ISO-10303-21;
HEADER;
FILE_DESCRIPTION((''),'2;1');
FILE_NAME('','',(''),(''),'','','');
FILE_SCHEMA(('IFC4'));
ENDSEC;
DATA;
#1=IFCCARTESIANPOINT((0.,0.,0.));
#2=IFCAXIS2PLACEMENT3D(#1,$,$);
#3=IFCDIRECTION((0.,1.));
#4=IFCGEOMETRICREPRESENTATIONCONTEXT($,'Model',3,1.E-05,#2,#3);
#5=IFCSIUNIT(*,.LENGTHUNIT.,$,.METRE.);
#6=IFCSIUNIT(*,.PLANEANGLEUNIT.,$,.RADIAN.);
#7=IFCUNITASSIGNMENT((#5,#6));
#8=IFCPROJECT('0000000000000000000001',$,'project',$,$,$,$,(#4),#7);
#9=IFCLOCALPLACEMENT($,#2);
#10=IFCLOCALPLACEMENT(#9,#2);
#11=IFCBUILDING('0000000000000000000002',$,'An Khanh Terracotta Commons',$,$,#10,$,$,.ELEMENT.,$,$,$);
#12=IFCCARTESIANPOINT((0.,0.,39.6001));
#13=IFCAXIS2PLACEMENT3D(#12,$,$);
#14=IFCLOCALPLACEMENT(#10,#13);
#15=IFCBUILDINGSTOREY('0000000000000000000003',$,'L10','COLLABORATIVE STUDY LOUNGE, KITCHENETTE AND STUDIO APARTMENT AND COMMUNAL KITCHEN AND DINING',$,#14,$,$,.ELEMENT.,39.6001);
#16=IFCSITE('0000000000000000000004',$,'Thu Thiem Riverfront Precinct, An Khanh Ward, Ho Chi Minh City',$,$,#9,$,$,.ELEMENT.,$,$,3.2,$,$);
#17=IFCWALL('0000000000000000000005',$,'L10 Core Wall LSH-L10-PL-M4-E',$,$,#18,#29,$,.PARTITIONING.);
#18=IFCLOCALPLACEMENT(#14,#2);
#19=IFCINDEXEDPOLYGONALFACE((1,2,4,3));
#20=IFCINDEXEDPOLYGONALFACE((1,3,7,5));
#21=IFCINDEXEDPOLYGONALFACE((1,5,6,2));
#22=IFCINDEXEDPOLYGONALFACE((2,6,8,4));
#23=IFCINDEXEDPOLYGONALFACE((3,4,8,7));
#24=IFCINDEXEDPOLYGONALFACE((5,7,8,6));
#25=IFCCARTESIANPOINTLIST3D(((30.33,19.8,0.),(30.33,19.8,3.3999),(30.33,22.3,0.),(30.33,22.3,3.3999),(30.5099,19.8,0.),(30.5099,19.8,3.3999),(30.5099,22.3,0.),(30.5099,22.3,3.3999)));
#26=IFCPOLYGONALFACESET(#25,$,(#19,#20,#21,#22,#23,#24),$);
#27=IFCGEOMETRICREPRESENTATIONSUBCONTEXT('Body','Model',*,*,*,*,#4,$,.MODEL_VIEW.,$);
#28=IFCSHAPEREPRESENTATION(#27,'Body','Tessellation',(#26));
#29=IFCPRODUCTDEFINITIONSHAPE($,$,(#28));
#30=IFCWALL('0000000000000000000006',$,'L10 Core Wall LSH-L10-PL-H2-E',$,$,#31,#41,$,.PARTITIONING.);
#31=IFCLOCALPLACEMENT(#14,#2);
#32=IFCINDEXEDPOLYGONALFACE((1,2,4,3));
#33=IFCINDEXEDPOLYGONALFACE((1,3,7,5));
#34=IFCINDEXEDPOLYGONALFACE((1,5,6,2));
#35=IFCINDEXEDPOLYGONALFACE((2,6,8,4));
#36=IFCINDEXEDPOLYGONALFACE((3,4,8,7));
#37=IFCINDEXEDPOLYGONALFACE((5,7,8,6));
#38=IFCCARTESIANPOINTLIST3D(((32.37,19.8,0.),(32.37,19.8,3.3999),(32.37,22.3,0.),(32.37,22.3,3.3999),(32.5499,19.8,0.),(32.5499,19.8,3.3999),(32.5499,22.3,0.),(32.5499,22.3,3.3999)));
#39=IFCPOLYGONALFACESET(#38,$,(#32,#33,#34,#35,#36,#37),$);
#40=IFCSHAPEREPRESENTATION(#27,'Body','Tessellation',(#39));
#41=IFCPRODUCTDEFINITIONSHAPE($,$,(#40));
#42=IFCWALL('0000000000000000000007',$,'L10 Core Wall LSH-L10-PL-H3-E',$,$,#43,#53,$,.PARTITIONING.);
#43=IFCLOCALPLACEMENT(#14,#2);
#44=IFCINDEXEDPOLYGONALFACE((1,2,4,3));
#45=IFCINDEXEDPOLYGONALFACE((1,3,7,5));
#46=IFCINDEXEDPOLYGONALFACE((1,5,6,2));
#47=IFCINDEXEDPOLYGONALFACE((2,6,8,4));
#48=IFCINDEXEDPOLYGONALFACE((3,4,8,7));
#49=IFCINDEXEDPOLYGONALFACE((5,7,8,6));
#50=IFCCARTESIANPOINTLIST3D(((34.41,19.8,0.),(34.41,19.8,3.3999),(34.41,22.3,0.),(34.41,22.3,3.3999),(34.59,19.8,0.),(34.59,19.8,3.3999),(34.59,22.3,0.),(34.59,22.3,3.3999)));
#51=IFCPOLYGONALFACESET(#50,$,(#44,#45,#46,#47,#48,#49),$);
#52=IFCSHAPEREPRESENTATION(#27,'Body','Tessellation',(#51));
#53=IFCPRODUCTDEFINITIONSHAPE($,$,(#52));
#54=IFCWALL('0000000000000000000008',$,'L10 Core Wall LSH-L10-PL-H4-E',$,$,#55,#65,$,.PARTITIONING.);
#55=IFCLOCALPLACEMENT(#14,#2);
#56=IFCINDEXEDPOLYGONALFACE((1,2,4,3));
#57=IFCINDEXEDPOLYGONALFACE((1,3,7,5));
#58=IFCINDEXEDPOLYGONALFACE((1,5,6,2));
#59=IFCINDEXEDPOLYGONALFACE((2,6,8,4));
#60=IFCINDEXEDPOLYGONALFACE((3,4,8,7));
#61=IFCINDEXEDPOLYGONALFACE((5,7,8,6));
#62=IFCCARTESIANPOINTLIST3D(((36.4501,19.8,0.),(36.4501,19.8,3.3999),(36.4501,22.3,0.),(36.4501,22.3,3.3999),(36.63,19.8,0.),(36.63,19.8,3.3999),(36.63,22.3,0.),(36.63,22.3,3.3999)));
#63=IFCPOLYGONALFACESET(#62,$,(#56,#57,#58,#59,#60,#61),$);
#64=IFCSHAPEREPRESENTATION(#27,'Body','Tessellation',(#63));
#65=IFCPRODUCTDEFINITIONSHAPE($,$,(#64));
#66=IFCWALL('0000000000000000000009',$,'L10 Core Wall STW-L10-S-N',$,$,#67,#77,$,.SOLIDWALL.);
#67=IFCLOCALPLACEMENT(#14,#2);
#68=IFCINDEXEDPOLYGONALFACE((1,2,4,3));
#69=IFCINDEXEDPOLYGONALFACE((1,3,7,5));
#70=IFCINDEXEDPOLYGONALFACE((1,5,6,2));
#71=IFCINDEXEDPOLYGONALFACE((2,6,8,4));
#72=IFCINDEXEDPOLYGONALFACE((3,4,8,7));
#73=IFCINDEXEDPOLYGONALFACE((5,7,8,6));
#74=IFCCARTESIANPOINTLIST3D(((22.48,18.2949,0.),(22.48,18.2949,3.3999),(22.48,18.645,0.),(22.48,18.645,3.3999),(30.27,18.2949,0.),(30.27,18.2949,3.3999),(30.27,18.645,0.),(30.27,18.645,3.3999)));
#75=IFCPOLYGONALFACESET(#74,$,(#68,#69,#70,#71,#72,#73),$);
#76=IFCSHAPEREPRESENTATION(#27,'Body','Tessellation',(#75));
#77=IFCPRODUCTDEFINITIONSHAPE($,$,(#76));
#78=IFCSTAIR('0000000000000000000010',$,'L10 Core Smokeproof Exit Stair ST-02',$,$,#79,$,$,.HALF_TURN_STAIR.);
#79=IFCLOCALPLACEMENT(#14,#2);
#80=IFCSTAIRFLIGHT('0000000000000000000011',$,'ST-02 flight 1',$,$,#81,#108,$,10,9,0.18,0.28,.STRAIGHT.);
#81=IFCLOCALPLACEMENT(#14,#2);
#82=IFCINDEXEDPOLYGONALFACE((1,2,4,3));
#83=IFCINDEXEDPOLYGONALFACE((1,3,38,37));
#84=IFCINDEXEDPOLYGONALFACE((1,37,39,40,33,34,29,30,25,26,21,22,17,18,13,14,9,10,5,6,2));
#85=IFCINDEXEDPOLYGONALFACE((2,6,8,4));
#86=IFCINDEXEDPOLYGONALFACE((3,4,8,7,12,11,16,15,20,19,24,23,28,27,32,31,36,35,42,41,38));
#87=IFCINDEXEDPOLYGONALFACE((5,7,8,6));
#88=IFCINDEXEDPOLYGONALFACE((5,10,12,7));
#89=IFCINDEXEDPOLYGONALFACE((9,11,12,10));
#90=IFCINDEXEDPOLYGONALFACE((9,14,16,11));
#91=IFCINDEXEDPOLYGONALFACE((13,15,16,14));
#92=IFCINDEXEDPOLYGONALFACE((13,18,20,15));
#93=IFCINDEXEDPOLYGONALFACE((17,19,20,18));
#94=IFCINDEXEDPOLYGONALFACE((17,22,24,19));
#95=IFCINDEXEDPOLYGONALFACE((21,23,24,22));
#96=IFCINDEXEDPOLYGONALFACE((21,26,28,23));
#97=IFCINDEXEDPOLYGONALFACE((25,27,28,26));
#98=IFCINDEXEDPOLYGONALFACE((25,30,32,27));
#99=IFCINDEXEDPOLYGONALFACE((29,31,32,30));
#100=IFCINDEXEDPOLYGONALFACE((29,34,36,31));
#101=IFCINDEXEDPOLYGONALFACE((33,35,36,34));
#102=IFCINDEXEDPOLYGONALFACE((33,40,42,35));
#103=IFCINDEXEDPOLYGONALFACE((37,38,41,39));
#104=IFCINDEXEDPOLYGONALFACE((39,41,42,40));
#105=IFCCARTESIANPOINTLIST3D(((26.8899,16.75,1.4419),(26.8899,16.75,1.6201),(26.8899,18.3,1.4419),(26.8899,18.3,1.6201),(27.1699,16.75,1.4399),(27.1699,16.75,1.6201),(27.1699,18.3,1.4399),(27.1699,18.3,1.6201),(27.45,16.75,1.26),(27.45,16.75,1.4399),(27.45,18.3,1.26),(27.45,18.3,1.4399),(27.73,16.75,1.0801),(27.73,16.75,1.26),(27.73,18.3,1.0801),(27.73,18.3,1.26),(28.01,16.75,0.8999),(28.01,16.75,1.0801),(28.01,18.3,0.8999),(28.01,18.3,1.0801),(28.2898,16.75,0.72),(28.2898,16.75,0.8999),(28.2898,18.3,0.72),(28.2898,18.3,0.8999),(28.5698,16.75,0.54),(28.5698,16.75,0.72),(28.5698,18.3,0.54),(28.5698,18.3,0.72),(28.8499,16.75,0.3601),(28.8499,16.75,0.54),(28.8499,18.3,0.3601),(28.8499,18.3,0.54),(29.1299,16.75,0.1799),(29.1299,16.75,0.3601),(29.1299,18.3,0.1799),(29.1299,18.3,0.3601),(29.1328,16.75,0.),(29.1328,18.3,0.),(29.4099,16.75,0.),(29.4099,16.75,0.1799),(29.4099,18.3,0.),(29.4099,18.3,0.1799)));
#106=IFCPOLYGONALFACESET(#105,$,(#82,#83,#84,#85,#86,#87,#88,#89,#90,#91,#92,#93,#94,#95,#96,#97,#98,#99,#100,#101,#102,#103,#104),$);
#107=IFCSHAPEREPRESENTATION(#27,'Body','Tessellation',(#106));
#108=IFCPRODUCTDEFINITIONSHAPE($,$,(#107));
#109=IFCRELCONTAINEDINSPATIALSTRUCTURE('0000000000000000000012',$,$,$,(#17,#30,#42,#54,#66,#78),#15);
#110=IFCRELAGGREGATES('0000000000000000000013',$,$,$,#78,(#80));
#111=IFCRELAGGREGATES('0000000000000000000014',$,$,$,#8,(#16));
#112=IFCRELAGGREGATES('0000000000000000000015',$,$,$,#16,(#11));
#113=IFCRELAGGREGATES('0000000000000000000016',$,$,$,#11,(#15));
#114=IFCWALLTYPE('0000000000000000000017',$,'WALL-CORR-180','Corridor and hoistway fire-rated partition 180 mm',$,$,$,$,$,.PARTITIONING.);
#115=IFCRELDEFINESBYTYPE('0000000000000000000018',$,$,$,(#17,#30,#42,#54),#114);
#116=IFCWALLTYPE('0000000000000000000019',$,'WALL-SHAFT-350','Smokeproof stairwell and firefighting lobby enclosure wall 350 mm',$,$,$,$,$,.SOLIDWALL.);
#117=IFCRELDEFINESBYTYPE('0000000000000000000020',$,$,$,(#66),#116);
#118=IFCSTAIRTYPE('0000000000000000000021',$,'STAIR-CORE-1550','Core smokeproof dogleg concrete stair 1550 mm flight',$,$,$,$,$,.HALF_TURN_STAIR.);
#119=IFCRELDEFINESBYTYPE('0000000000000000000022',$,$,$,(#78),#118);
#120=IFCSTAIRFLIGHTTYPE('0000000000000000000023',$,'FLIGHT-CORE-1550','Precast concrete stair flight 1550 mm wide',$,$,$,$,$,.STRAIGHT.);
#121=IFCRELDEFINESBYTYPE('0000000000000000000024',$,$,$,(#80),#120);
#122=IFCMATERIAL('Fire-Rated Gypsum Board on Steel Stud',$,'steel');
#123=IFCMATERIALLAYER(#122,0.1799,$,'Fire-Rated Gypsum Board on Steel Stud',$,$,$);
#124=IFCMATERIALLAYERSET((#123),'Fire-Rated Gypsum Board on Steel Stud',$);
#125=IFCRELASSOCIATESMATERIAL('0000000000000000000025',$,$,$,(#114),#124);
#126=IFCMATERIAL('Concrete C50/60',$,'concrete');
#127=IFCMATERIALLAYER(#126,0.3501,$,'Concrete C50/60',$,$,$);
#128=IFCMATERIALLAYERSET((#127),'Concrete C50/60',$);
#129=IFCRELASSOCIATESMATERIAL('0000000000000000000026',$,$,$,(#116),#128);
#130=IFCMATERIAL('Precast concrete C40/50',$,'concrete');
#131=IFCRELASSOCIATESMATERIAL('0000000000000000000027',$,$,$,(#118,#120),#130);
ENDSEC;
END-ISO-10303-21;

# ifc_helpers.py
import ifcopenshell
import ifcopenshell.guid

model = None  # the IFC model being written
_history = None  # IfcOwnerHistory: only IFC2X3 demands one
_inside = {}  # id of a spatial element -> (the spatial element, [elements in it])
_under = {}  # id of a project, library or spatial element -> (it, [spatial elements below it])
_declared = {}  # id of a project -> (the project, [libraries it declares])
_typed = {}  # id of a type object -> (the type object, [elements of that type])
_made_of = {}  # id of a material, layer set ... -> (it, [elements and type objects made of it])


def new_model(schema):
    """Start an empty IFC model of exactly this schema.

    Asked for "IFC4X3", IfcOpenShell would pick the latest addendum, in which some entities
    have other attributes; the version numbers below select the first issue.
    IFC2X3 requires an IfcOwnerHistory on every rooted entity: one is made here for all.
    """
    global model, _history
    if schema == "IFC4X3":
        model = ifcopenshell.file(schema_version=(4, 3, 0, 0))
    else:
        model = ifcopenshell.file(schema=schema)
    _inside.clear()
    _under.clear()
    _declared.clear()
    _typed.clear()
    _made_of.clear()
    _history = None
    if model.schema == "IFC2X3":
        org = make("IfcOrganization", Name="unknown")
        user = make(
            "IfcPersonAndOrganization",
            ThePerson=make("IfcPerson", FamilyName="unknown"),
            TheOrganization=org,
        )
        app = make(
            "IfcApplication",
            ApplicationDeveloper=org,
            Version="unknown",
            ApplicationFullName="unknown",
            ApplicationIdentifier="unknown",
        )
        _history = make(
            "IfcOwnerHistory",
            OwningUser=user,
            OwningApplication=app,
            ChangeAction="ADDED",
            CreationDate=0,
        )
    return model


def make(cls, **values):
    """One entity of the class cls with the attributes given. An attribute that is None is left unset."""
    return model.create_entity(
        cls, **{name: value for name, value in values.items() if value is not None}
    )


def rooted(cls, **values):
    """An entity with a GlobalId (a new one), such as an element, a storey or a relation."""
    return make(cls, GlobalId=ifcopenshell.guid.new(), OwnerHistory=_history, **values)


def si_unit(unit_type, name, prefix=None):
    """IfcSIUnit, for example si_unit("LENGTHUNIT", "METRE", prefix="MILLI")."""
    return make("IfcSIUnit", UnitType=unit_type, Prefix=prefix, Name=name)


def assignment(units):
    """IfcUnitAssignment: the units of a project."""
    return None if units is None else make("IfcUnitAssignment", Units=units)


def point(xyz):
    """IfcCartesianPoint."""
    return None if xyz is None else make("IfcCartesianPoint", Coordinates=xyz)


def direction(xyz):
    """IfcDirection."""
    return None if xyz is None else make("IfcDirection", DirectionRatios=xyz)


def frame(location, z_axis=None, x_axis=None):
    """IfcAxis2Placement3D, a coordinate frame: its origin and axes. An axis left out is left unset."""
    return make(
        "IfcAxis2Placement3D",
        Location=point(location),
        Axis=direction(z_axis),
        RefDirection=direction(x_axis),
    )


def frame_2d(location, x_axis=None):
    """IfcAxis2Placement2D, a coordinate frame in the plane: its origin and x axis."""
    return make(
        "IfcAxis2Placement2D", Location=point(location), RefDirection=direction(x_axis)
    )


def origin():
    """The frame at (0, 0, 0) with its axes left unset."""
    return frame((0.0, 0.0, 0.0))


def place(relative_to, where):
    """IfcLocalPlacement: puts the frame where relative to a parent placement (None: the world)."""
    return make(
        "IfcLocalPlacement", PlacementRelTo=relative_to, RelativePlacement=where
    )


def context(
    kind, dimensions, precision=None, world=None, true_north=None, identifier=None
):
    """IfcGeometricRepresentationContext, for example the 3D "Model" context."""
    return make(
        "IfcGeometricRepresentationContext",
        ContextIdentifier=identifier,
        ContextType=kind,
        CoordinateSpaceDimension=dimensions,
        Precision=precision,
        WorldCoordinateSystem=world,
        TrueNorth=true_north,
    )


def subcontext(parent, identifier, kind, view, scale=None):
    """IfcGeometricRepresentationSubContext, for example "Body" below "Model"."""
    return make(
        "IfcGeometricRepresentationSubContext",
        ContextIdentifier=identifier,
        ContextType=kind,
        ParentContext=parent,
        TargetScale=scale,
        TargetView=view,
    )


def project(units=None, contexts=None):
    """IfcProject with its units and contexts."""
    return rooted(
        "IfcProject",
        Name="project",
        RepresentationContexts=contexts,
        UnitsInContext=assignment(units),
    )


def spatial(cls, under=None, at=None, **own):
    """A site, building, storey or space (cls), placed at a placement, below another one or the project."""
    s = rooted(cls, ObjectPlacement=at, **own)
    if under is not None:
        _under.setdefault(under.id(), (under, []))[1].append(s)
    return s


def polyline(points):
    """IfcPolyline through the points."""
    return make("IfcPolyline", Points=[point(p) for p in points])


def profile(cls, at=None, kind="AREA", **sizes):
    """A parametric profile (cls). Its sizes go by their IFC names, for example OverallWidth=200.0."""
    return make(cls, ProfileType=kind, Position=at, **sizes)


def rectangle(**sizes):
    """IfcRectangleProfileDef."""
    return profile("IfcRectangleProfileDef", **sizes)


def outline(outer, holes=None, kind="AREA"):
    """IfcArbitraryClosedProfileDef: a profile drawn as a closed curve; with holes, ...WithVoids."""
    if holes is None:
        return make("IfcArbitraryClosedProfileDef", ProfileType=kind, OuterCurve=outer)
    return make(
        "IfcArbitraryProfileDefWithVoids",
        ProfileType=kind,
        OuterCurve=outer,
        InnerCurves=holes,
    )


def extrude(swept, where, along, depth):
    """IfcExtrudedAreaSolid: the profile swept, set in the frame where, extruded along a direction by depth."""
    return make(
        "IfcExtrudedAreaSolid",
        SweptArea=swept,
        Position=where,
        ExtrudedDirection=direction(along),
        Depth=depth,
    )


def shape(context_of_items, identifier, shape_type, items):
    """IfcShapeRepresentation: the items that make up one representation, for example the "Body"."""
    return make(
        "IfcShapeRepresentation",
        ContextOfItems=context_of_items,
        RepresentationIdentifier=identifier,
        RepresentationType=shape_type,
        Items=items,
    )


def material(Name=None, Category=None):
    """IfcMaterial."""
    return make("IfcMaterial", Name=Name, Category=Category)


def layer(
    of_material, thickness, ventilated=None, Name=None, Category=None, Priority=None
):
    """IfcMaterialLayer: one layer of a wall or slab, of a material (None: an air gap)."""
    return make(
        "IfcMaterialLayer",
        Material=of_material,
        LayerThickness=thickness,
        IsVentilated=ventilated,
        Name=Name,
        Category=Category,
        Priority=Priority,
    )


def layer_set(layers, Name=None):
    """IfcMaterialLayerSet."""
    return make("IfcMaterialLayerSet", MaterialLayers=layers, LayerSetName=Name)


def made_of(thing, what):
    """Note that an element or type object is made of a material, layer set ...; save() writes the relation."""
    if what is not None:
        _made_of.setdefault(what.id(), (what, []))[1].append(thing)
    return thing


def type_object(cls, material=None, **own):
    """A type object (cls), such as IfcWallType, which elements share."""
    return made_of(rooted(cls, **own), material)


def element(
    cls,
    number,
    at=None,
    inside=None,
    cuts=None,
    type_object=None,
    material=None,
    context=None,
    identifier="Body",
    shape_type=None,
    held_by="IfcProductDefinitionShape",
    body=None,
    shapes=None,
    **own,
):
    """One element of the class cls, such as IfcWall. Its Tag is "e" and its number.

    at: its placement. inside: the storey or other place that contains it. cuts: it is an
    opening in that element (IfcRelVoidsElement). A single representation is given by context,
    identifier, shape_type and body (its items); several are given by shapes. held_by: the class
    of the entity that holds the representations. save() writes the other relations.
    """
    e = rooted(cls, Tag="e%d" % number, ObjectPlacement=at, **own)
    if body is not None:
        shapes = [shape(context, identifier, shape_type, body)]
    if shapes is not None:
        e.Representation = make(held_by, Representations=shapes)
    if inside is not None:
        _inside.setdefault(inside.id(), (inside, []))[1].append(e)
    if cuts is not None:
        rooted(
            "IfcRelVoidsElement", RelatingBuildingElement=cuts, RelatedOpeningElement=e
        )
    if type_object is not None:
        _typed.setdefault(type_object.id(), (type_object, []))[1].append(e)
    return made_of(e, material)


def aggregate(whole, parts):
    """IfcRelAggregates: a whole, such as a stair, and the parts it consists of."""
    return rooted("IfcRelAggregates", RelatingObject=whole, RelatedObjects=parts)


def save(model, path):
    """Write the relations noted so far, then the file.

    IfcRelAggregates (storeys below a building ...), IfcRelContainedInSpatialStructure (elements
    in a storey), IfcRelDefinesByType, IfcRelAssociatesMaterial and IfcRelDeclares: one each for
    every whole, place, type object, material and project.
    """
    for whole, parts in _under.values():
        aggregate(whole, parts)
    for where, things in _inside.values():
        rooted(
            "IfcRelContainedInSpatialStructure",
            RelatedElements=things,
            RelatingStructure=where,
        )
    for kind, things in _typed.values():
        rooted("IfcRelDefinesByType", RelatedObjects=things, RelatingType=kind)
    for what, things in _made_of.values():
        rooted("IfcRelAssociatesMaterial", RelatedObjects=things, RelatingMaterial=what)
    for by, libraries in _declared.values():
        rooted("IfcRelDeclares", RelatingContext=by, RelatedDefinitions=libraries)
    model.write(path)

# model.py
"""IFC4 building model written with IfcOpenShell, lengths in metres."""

from ifc_helpers import new_model, si_unit, direction, frame, frame_2d, origin, place, context, subcontext, project, spatial, polyline, rectangle, outline, extrude, material, layer, layer_set, type_object, element, aggregate, save


model = new_model("IFC4")

# Units and contexts
model_context = context("Model", 3, precision=1e-05, world=origin(), true_north=direction((0.0, 1.0)))
body_context = subcontext(model_context, "Body", "Model", "MODEL_VIEW")
ifc_project = project(units=[si_unit("LENGTHUNIT", "METRE"), si_unit("PLANEANGLEUNIT", "RADIAN")], contexts=[model_context])

# Site, building, storey
site_placement = place(None, origin())
site = spatial("IfcSite", under=ifc_project, at=site_placement, Name="Thu Thiem Riverfront Precinct, An Khanh Ward, Ho Chi Minh City", CompositionType="ELEMENT", RefElevation=3.2)
building_placement = place(site_placement, origin())
building = spatial("IfcBuilding", under=site, at=building_placement, Name="An Khanh Terracotta Commons", CompositionType="ELEMENT")
storey_placement = place(building_placement, frame((0.0, 0.0, 39.6001)))
storey = spatial("IfcBuildingStorey", under=building, at=storey_placement, Name="L10", Description="COLLABORATIVE STUDY LOUNGE, KITCHENETTE AND STUDIO APARTMENT AND COMMUNAL KITCHEN AND DINING", CompositionType="ELEMENT", Elevation=39.6001)

# Shared definitions
ifc_material_1 = material(Name="Fire-Rated Gypsum Board on Steel Stud", Category="steel")
ifc_layer_1 = layer(ifc_material_1, 0.1799, Name="Fire-Rated Gypsum Board on Steel Stud")
ifc_layer_set_1 = layer_set([ifc_layer_1], Name="Fire-Rated Gypsum Board on Steel Stud")
wall_type_1 = type_object("IfcWallType", Name="WALL-CORR-180", Description="Corridor and hoistway fire-rated partition 180 mm", PredefinedType="PARTITIONING", material=ifc_layer_set_1)

# Walls
for number, where, z_axis, x_axis, name in (
    (1, (30.4199, 19.8, 0.0), (0.0, 0.0, 1.0), (0.0, 1.0, 0.0), "L10 Core Wall LSH-L10-PL-M4-E"),
    (2, (32.46, 19.8, 0.0), (0.0, 0.0, 1.0), (0.0, 1.0, 0.0), "L10 Core Wall LSH-L10-PL-H2-E"),
    (3, (34.5, 19.8, 0.0), (0.0, 0.0, 1.0), (0.0, 1.0, 0.0), "L10 Core Wall LSH-L10-PL-H3-E"),
    (4, (36.54, 19.8, 0.0), (0.0, 0.0, 1.0), (0.0, 1.0, 0.0), "L10 Core Wall LSH-L10-PL-H4-E"),
):
    element("IfcWall", number, at=place(storey_placement, frame(where, z_axis=z_axis, x_axis=x_axis)), inside=storey, type_object=wall_type_1, Name=name, PredefinedType="PARTITIONING", context=body_context, shape_type="SweptSolid", body=[
        extrude(rectangle(XDim=2.5, YDim=0.1799, at=frame_2d((1.25, 0.0))), origin(), (0.0, 0.0, 1.0), 3.3999),
    ])
ifc_material_2 = material(Name="Concrete C50/60", Category="concrete")
ifc_layer_2 = layer(ifc_material_2, 0.3501, Name="Concrete C50/60")
ifc_layer_set_2 = layer_set([ifc_layer_2], Name="Concrete C50/60")
wall_type_2 = type_object("IfcWallType", Name="WALL-SHAFT-350", Description="Smokeproof stairwell and firefighting lobby enclosure wall 350 mm", PredefinedType="SOLIDWALL", material=ifc_layer_set_2)
wall_1_placement = place(storey_placement, frame((22.48, 18.47, 0.0), z_axis=(0.0, 0.0, 1.0), x_axis=(1.0, 0.0, 0.0)))
element("IfcWall", 5, at=wall_1_placement, inside=storey, type_object=wall_type_2, Name="L10 Core Wall STW-L10-S-N", PredefinedType="SOLIDWALL", context=body_context, shape_type="SweptSolid", body=[
    extrude(rectangle(XDim=7.79, YDim=0.3501, at=frame_2d((3.895, 0.0))), origin(), (0.0, 0.0, 1.0), 3.3999),
])

# Stair, stair flight
ifc_material_3 = material(Name="Precast concrete C40/50", Category="concrete")
stair_type = type_object("IfcStairType", Name="STAIR-CORE-1550", Description="Core smokeproof dogleg concrete stair 1550 mm flight", PredefinedType="HALF_TURN_STAIR", material=ifc_material_3)
stair_placement = place(storey_placement, origin())
stair = element("IfcStair", 6, at=stair_placement, inside=storey, type_object=stair_type, Name="L10 Core Smokeproof Exit Stair ST-02", PredefinedType="HALF_TURN_STAIR")
stair_flight_type = type_object("IfcStairFlightType", Name="FLIGHT-CORE-1550", Description="Precast concrete stair flight 1550 mm wide", PredefinedType="STRAIGHT", material=ifc_material_3)
stair_flight_placement = place(storey_placement, frame((29.4099, 17.5249, 0.0), z_axis=(0.0, 0.0, 1.0), x_axis=(-1.0, 0.0, 0.0)))
stair_flight = element("IfcStairFlight", 7, at=stair_flight_placement, type_object=stair_flight_type, Name="ST-02 flight 1", NumberOfRisers=10, NumberOfTreads=9, PredefinedType="STRAIGHT", RiserHeight=0.18, TreadLength=0.28, context=body_context, shape_type="SweptSolid", body=[
    extrude(outline(polyline([(0.0, 0.0), (0.0, 0.1799), (0.28, 0.1799), (0.28, 0.3601), (0.5601, 0.3601), (0.5601, 0.54), (0.8401, 0.54), (0.8401, 0.72), (1.1201, 0.72), (1.1201, 0.8999), (1.3999, 0.8999), (1.3999, 1.0801), (1.6799, 1.0801), (1.6799, 1.26), (1.96, 1.26), (1.96, 1.4399), (2.24, 1.4399), (2.24, 1.6201), (2.52, 1.6201), (2.52, 1.8), (2.52, 1.4419), (0.2771, 0.0), (0.0, 0.0)])), frame((0.0, 0.7749, 0.0), z_axis=(0.0, -1.0, 0.0), x_axis=(1.0, 0.0, 0.0)), (0.0, 0.0, 1.0), 1.55),
])
aggregate(stair, [stair_flight])

save(model, "model.ifc")
